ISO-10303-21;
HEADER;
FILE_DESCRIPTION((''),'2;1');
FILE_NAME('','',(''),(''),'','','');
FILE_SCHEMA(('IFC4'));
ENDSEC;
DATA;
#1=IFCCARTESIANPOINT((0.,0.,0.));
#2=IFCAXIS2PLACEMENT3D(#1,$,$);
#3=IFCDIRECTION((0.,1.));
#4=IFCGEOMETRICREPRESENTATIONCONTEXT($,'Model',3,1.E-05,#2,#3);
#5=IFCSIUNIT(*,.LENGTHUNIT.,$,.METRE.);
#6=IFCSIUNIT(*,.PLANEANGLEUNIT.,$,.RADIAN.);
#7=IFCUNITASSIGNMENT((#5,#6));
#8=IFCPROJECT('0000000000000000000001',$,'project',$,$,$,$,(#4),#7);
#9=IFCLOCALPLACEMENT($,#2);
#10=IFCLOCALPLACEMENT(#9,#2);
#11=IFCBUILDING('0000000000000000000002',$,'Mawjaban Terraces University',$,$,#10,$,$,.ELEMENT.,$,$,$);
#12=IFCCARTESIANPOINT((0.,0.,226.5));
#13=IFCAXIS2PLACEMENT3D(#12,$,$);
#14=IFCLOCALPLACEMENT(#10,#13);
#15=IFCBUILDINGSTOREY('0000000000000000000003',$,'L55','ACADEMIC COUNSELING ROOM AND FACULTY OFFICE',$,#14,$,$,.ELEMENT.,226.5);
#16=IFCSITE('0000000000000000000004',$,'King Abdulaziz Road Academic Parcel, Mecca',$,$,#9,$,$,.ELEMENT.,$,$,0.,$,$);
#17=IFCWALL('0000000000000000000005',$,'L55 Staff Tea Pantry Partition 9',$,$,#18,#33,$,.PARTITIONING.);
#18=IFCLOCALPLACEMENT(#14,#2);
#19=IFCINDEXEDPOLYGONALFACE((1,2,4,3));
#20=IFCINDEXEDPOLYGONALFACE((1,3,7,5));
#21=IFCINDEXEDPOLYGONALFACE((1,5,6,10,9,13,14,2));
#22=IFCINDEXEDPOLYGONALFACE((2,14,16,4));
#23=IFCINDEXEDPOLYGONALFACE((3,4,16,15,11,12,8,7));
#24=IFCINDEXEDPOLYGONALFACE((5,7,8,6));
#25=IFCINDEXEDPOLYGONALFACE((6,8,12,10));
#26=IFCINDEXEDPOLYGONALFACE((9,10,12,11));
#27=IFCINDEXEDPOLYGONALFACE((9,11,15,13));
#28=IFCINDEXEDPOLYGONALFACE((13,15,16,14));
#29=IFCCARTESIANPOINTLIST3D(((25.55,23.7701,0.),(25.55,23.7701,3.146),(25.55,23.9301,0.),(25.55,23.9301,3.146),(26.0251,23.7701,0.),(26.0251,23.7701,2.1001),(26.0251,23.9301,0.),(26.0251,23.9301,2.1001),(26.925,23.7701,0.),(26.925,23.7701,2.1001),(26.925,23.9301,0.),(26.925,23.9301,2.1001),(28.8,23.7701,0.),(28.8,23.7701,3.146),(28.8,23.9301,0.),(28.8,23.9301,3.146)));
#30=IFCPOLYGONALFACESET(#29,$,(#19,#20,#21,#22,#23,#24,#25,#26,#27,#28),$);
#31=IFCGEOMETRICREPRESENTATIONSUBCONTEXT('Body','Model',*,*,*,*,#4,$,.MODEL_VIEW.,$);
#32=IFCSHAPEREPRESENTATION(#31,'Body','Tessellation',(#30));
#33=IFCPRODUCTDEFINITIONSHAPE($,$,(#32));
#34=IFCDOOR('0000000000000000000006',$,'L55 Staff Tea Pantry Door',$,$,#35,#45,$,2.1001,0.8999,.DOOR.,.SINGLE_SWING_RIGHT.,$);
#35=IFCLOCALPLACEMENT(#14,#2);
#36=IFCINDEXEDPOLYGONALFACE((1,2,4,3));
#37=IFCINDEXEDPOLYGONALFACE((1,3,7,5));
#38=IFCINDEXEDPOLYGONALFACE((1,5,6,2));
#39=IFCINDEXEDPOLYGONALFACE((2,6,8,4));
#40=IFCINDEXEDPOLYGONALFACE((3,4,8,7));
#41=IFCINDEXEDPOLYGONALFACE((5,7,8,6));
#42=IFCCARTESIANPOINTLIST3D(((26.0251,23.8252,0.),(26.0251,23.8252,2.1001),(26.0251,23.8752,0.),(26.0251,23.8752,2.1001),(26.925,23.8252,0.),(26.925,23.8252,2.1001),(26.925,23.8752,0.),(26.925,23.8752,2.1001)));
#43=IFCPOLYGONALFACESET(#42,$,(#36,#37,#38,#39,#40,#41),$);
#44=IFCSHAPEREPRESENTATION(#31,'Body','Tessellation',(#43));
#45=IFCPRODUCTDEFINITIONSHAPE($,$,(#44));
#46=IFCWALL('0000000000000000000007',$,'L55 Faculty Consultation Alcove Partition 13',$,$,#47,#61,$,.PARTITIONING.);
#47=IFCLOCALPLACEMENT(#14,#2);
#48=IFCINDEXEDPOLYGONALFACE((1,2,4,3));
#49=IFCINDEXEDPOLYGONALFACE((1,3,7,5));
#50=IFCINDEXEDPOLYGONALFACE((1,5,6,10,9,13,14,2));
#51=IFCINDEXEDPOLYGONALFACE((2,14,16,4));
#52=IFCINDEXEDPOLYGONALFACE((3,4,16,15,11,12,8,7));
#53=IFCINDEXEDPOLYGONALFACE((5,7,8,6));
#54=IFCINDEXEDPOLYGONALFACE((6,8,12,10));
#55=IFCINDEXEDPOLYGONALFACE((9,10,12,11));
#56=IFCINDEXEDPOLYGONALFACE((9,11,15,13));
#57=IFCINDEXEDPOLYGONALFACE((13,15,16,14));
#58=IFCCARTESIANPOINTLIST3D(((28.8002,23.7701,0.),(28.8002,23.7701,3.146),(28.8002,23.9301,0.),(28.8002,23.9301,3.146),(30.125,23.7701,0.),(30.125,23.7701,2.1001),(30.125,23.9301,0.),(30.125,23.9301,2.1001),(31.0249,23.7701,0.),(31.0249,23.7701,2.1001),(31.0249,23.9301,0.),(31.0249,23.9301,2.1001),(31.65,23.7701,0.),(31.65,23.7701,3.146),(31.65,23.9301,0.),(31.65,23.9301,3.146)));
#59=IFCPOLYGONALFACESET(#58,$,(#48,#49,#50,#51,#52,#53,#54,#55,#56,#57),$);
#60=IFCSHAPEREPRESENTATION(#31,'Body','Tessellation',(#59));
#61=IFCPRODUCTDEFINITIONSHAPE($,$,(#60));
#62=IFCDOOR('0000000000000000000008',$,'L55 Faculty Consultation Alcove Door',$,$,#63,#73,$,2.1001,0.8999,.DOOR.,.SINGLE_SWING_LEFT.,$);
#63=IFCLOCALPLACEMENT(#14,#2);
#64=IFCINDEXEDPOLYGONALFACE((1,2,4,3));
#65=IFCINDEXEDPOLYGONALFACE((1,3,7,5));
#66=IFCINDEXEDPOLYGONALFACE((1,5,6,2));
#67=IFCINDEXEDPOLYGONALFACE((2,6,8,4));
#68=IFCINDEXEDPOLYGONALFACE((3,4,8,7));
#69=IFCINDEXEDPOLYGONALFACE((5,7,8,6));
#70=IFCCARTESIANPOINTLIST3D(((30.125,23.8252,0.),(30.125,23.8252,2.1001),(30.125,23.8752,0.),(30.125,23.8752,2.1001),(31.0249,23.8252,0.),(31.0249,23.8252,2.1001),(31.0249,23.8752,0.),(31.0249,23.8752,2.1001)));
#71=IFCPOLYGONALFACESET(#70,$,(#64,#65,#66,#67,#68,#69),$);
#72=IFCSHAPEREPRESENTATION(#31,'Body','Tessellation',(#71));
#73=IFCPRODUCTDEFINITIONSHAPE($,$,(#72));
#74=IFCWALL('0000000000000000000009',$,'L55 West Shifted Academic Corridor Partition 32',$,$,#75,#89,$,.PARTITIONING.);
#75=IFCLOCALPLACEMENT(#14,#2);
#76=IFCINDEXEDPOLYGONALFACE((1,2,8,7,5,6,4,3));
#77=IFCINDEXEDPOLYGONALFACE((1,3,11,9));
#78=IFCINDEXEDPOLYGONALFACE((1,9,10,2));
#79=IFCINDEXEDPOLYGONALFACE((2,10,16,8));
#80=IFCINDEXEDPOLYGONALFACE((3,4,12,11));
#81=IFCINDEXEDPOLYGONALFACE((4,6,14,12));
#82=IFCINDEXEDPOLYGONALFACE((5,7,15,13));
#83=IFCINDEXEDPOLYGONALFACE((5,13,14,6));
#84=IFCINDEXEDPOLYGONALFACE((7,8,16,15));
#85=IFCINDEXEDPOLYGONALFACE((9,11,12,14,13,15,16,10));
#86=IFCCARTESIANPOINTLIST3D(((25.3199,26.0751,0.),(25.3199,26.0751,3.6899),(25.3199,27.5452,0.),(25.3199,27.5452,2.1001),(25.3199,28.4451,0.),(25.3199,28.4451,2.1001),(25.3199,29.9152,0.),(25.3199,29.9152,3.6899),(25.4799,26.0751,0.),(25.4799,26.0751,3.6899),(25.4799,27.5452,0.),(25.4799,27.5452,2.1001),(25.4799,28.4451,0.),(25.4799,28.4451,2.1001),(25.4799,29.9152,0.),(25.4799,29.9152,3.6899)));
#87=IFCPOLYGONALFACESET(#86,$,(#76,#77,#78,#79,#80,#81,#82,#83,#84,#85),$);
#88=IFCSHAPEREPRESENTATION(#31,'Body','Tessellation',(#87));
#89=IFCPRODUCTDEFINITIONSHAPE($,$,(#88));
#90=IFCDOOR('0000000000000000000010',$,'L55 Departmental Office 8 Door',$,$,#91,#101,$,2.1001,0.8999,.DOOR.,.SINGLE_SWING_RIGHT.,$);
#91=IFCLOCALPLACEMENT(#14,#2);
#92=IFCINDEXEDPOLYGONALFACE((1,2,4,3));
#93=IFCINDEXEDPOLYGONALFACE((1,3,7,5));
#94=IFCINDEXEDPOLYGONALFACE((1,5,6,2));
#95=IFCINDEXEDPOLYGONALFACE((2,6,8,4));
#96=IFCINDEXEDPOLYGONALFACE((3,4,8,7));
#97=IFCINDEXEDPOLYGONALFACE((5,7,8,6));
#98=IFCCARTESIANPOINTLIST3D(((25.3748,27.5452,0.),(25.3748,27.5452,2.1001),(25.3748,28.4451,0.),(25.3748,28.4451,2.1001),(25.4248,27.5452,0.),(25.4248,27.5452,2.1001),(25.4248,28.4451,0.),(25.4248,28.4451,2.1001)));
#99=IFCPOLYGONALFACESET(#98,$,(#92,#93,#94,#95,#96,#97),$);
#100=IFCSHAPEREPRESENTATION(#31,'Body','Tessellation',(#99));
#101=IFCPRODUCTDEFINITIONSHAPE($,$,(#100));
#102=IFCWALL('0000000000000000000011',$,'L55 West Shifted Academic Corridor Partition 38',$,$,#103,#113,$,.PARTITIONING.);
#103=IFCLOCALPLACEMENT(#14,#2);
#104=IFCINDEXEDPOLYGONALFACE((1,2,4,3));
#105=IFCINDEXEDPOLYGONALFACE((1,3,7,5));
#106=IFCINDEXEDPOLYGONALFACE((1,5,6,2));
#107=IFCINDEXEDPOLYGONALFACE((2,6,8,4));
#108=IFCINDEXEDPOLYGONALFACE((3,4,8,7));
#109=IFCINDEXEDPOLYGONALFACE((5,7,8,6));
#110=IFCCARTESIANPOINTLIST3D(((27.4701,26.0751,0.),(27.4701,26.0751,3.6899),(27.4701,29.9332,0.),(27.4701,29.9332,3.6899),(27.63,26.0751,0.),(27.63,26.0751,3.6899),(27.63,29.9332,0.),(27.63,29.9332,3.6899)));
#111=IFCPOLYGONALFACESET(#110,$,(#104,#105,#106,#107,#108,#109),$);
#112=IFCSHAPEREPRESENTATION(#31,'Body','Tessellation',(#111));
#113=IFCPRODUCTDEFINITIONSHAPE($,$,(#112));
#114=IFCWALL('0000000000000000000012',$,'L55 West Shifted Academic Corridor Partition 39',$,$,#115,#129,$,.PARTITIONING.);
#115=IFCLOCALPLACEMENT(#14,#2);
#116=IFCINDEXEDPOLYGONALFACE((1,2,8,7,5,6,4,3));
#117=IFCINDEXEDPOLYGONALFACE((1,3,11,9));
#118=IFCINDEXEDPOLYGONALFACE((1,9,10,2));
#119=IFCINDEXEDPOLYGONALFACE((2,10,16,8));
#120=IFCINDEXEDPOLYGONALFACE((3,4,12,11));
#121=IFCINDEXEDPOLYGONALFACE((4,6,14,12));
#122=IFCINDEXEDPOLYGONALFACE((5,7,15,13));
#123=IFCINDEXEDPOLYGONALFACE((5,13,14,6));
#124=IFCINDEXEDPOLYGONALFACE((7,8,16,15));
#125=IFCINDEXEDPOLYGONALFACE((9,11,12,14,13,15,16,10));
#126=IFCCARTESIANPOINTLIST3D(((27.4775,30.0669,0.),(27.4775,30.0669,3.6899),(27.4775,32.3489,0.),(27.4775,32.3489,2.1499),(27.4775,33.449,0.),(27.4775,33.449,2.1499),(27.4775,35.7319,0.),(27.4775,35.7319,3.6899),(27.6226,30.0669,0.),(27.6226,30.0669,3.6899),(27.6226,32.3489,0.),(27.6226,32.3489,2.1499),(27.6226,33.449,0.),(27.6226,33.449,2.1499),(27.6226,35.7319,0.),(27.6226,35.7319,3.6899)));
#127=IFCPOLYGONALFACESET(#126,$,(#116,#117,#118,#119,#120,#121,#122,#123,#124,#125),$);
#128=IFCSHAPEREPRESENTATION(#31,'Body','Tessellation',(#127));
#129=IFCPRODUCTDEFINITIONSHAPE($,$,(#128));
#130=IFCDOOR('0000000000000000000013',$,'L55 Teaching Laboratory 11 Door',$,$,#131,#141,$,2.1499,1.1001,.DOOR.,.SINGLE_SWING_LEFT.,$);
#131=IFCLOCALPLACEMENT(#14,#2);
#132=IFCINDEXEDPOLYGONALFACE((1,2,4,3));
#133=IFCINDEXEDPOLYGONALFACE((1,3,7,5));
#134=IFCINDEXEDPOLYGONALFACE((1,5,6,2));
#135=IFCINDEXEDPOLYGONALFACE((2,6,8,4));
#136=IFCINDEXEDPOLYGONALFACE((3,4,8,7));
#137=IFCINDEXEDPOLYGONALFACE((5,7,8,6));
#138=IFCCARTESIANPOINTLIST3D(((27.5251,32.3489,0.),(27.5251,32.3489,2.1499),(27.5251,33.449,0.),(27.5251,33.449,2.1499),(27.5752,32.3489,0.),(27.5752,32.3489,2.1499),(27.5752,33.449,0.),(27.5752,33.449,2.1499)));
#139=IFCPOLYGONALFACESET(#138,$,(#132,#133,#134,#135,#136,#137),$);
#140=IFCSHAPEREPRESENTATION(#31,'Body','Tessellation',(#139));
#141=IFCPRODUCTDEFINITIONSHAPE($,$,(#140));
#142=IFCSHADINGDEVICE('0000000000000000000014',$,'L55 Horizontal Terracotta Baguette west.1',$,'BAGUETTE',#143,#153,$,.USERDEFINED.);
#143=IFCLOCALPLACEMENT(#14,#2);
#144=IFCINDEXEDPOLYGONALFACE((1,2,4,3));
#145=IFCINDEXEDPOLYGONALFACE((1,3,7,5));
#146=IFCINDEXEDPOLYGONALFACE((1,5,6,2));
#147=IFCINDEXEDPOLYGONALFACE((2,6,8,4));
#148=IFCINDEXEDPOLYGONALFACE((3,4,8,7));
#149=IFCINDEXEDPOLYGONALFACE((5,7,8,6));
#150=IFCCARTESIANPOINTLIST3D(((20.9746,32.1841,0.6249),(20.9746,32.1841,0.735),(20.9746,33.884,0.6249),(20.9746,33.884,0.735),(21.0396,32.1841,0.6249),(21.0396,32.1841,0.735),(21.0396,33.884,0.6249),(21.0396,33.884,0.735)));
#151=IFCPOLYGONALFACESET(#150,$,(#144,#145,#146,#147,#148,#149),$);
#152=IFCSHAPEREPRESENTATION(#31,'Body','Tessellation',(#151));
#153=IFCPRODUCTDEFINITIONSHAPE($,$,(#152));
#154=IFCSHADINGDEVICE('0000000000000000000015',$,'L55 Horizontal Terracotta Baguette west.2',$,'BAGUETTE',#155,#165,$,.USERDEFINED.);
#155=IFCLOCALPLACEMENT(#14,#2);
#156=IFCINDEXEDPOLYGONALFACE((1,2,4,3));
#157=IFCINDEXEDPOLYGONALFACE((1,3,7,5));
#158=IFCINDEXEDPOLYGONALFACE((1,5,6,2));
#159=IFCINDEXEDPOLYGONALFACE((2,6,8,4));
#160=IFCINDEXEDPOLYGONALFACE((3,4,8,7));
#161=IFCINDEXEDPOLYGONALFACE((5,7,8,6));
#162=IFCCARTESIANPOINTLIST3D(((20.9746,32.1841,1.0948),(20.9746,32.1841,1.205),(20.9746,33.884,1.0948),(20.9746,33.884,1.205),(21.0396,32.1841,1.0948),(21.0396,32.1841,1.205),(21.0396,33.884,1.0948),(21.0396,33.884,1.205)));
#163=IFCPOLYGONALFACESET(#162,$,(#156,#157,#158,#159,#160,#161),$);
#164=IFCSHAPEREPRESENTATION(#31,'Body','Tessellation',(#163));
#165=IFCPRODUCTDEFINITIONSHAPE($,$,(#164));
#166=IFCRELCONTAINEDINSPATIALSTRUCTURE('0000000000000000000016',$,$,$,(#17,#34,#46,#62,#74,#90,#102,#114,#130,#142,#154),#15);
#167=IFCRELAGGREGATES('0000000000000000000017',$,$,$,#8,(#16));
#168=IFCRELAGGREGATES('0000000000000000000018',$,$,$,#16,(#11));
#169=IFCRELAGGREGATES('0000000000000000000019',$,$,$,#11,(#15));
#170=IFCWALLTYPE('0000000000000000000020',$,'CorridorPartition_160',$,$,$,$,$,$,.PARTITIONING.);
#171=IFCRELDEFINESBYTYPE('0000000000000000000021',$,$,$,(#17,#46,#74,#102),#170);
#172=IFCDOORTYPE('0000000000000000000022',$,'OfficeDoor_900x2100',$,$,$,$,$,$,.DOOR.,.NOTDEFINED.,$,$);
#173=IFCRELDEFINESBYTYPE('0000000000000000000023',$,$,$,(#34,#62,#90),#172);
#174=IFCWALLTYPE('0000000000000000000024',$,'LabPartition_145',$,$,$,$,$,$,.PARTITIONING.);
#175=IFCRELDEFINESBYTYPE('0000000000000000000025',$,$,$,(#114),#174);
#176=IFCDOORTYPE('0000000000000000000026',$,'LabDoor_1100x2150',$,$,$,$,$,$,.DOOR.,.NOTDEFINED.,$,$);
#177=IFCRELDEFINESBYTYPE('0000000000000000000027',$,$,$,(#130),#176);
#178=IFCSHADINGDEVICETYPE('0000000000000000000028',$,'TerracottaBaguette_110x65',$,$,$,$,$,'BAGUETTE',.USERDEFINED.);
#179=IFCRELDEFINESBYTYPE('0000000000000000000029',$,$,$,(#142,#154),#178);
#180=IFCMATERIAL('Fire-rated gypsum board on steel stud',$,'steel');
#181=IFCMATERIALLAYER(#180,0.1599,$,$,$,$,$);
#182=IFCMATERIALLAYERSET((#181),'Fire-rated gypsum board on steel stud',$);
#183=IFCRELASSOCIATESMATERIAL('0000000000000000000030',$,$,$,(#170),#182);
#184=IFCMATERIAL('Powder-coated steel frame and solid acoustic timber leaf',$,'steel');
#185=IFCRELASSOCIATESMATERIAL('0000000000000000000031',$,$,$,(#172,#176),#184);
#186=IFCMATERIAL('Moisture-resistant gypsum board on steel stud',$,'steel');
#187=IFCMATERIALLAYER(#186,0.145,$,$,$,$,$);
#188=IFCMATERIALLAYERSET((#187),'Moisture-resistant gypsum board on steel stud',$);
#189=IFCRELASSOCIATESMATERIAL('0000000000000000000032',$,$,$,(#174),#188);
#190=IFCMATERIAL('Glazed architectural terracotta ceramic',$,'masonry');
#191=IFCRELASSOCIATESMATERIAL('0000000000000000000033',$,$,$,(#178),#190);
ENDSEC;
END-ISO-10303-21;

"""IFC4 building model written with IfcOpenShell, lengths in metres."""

from ifc_helpers import new_model, si_unit, direction, frame, frame_2d, origin, origin_2d, place, context, subcontext, project, spatial, rectangle, extrude, material, layer, layer_set, material_profile, profile_set, type_object, element, fill, save


model = new_model("IFC4")

# Units and contexts
model_context = context("Model", 3, precision=1e-05, world=origin(), true_north=direction((0.0, 1.0)))
body_context = subcontext(model_context, "Body", "Model", "MODEL_VIEW")
ifc_project = project(units=[si_unit("LENGTHUNIT", "METRE"), si_unit("PLANEANGLEUNIT", "RADIAN")], contexts=[model_context])

# Site, building, storey
site_placement = place(None, origin())
site = spatial("IfcSite", under=ifc_project, at=site_placement, Name="King Abdulaziz Road Academic Parcel, Mecca", CompositionType="ELEMENT", RefElevation=0.0)
building_placement = place(site_placement, origin())
building = spatial("IfcBuilding", under=site, at=building_placement, Name="Mawjaban Terraces University", CompositionType="ELEMENT")
storey_placement = place(building_placement, frame((0.0, 0.0, 226.5)))
storey = spatial("IfcBuildingStorey", under=building, at=storey_placement, Name="L55", Description="ACADEMIC COUNSELING ROOM AND FACULTY OFFICE", CompositionType="ELEMENT", Elevation=226.5)

# Shared definitions
ifc_material_1 = material(Name="Fire-rated gypsum board on steel stud", Category="steel")
ifc_layer_1 = layer(ifc_material_1, 0.1599)
ifc_layer_set_1 = layer_set([ifc_layer_1], Name="Fire-rated gypsum board on steel stud")
wall_type_1 = type_object("IfcWallType", Name="CorridorPartition_160", PredefinedType="PARTITIONING", material=ifc_layer_set_1)

# Walls, openings, doors
ifc_material_2 = material(Name="Powder-coated steel frame and solid acoustic timber leaf", Category="steel")
wall_1_placement = place(storey_placement, frame((28.8, 23.8501, 0.0), z_axis=(0.0, 0.0, 1.0), x_axis=(-1.0, 0.0, 0.0)))
wall_1 = element("IfcWall", 1, at=wall_1_placement, inside=storey, type_object=wall_type_1, Name="L55 Staff Tea Pantry Partition 9", PredefinedType="PARTITIONING", context=body_context, shape_type="SweptSolid", body=[
    extrude(rectangle(XDim=3.25, YDim=0.1599, at=frame_2d((1.625, 0.0))), origin(), (0.0, 0.0, 1.0), 3.146),
])
opening_1_placement = place(wall_1_placement, frame((1.875, 0.0, 0.0)))
opening_1 = element("IfcOpeningElement", 2, at=opening_1_placement, cuts=wall_1, PredefinedType="OPENING", context=body_context, shape_type="SweptSolid", body=[
    extrude(rectangle(XDim=0.8999, YDim=2.1001, at=frame_2d((0.45, 1.05))), frame((0.0, 0.0898, 0.0), z_axis=(0.0, -1.0, 0.0), x_axis=(1.0, 0.0, 0.0)), (0.0, 0.0, 1.0), 0.1799),
])
door_type_1 = type_object("IfcDoorType", Name="OfficeDoor_900x2100", OperationType="NOTDEFINED", PredefinedType="DOOR", material=ifc_material_2)
door_1_placement = place(opening_1_placement, origin())
door_1 = element("IfcDoor", 3, at=door_1_placement, inside=storey, type_object=door_type_1, Name="L55 Staff Tea Pantry Door", OperationType="SINGLE_SWING_RIGHT", OverallHeight=2.1001, OverallWidth=0.8999, PredefinedType="DOOR", context=body_context, shape_type="SweptSolid", body=[
    extrude(rectangle(XDim=0.8999, YDim=2.1001, at=frame_2d((0.45, 1.05))), frame((0.0, 0.0249, 0.0), z_axis=(0.0, -1.0, 0.0), x_axis=(1.0, 0.0, 0.0)), (0.0, 0.0, 1.0), 0.05),
])
fill(opening_1, door_1)
wall_2_placement = place(storey_placement, frame((31.6499, 23.8501, 0.0), z_axis=(0.0, 0.0, 1.0), x_axis=(-1.0, 0.0, 0.0)))
wall_2 = element("IfcWall", 4, at=wall_2_placement, inside=storey, type_object=wall_type_1, Name="L55 Faculty Consultation Alcove Partition 13", PredefinedType="PARTITIONING", context=body_context, shape_type="SweptSolid", body=[
    extrude(rectangle(XDim=2.8499, YDim=0.1599, at=frame_2d((1.4248, 0.0))), origin(), (0.0, 0.0, 1.0), 3.146),
])
opening_2_placement = place(wall_2_placement, frame((0.625, 0.0, 0.0)))
opening_2 = element("IfcOpeningElement", 5, at=opening_2_placement, cuts=wall_2, PredefinedType="OPENING", context=body_context, shape_type="SweptSolid", body=[
    extrude(rectangle(XDim=0.8999, YDim=2.1001, at=frame_2d((0.45, 1.05))), frame((0.0, 0.0898, 0.0), z_axis=(0.0, -1.0, 0.0), x_axis=(1.0, 0.0, 0.0)), (0.0, 0.0, 1.0), 0.1799),
])
door_2_placement = place(opening_2_placement, origin())
door_2 = element("IfcDoor", 6, at=door_2_placement, inside=storey, type_object=door_type_1, Name="L55 Faculty Consultation Alcove Door", OperationType="SINGLE_SWING_LEFT", OverallHeight=2.1001, OverallWidth=0.8999, PredefinedType="DOOR", context=body_context, shape_type="SweptSolid", body=[
    extrude(rectangle(XDim=0.8999, YDim=2.1001, at=frame_2d((0.45, 1.05))), frame((0.0, 0.0249, 0.0), z_axis=(0.0, -1.0, 0.0), x_axis=(1.0, 0.0, 0.0)), (0.0, 0.0, 1.0), 0.05),
])
fill(opening_2, door_2)
wall_3_placement = place(storey_placement, frame((25.3999, 29.915, 0.0), z_axis=(0.0, 0.0, 1.0), x_axis=(0.0, -1.0, 0.0)))
wall_3 = element("IfcWall", 7, at=wall_3_placement, inside=storey, type_object=wall_type_1, Name="L55 West Shifted Academic Corridor Partition 32", PredefinedType="PARTITIONING", context=body_context, shape_type="SweptSolid", body=[
    extrude(rectangle(XDim=3.8401, YDim=0.1599, at=frame_2d((1.9199, 0.0))), origin(), (0.0, 0.0, 1.0), 3.6899),
])
opening_3_placement = place(wall_3_placement, frame((1.47, 0.0, 0.0)))
opening_3 = element("IfcOpeningElement", 8, at=opening_3_placement, cuts=wall_3, PredefinedType="OPENING", context=body_context, shape_type="SweptSolid", body=[
    extrude(rectangle(XDim=0.8999, YDim=2.1001, at=frame_2d((0.45, 1.05))), frame((0.0, 0.0898, 0.0), z_axis=(0.0, -1.0, 0.0), x_axis=(1.0, 0.0, 0.0)), (0.0, 0.0, 1.0), 0.1799),
])
door_3_placement = place(opening_3_placement, origin())
door_3 = element("IfcDoor", 9, at=door_3_placement, inside=storey, type_object=door_type_1, Name="L55 Departmental Office 8 Door", OperationType="SINGLE_SWING_RIGHT", OverallHeight=2.1001, OverallWidth=0.8999, PredefinedType="DOOR", context=body_context, shape_type="SweptSolid", body=[
    extrude(rectangle(XDim=0.8999, YDim=2.1001, at=frame_2d((0.45, 1.05))), frame((0.0, 0.0249, 0.0), z_axis=(0.0, -1.0, 0.0), x_axis=(1.0, 0.0, 0.0)), (0.0, 0.0, 1.0), 0.05),
])
fill(opening_3, door_3)

# Wall
wall_4_placement = place(storey_placement, frame((27.55, 26.075, 0.0), z_axis=(0.0, 0.0, 1.0), x_axis=(0.0, 1.0, 0.0)))
element("IfcWall", 10, at=wall_4_placement, inside=storey, type_object=wall_type_1, Name="L55 West Shifted Academic Corridor Partition 38", PredefinedType="PARTITIONING", context=body_context, shape_type="SweptSolid", body=[
    extrude(rectangle(XDim=3.8582, YDim=0.1599, at=frame_2d((1.9292, 0.0))), origin(), (0.0, 0.0, 1.0), 3.6899),
])

# Wall, opening, door
ifc_material_3 = material(Name="Moisture-resistant gypsum board on steel stud", Category="steel")
ifc_layer_2 = layer(ifc_material_3, 0.145)
ifc_layer_set_2 = layer_set([ifc_layer_2], Name="Moisture-resistant gypsum board on steel stud")
wall_type_2 = type_object("IfcWallType", Name="LabPartition_145", PredefinedType="PARTITIONING", material=ifc_layer_set_2)
wall_5_placement = place(storey_placement, frame((27.55, 30.0669, 0.0), z_axis=(0.0, 0.0, 1.0), x_axis=(0.0, 1.0, 0.0)))
wall_5 = element("IfcWall", 11, at=wall_5_placement, inside=storey, type_object=wall_type_2, Name="L55 West Shifted Academic Corridor Partition 39", PredefinedType="PARTITIONING", context=body_context, shape_type="SweptSolid", body=[
    extrude(rectangle(XDim=5.665, YDim=0.145, at=frame_2d((2.8325, 0.0))), origin(), (0.0, 0.0, 1.0), 3.6899),
])
opening_4_placement = place(wall_5_placement, frame((2.282, 0.0, 0.0)))
opening_4 = element("IfcOpeningElement", 12, at=opening_4_placement, cuts=wall_5, PredefinedType="OPENING", context=body_context, shape_type="SweptSolid", body=[
    extrude(rectangle(XDim=1.1001, YDim=2.1499, at=frame_2d((0.55, 1.075))), frame((0.0, 0.0825, 0.0), z_axis=(0.0, -1.0, 0.0), x_axis=(1.0, 0.0, 0.0)), (0.0, 0.0, 1.0), 0.165),
])
door_type_2 = type_object("IfcDoorType", Name="LabDoor_1100x2150", OperationType="NOTDEFINED", PredefinedType="DOOR", material=ifc_material_2)
door_4_placement = place(opening_4_placement, origin())
door_4 = element("IfcDoor", 13, at=door_4_placement, inside=storey, type_object=door_type_2, Name="L55 Teaching Laboratory 11 Door", OperationType="SINGLE_SWING_LEFT", OverallHeight=2.1499, OverallWidth=1.1001, PredefinedType="DOOR", context=body_context, shape_type="SweptSolid", body=[
    extrude(rectangle(XDim=1.1001, YDim=2.1499, at=frame_2d((0.55, 1.075))), frame((0.0, 0.0249, 0.0), z_axis=(0.0, -1.0, 0.0), x_axis=(1.0, 0.0, 0.0)), (0.0, 0.0, 1.0), 0.05),
])
fill(opening_4, door_4)

# Shading devices
ifc_material_4 = material(Name="Glazed architectural terracotta ceramic", Category="masonry")
ifc_material_profile_1 = material_profile(ifc_material_4, rectangle(XDim=0.0649, YDim=0.1101, at=origin_2d()), Name="TBAG110X65")
ifc_profile_set_1 = profile_set([ifc_material_profile_1], Name="Glazed architectural terracotta ceramic")
shading_device_type = type_object("IfcShadingDeviceType", Name="TerracottaBaguette_110x65", ElementType="BAGUETTE", PredefinedType="USERDEFINED", material=ifc_profile_set_1)
for number, where, z_axis, x_axis, name in (
    (14, (21.0071, 32.1841, 0.6799), (0.0, 1.0, 0.0), (-1.0, 0.0, 0.0), "L55 Horizontal Terracotta Baguette west.1"),
    (15, (21.0071, 32.1841, 1.1499), (0.0, 1.0, 0.0), (-1.0, 0.0, 0.0), "L55 Horizontal Terracotta Baguette west.2"),
):
    element("IfcShadingDevice", number, at=place(storey_placement, frame(where, z_axis=z_axis, x_axis=x_axis)), inside=storey, type_object=shading_device_type, Name=name, ObjectType="BAGUETTE", PredefinedType="USERDEFINED", context=body_context, shape_type="SweptSolid", body=[
        extrude(rectangle(XDim=0.0649, YDim=0.1101, at=origin_2d()), origin(), (0.0, 0.0, 1.0), 1.7),
    ])

save(model, "model.ifc")
